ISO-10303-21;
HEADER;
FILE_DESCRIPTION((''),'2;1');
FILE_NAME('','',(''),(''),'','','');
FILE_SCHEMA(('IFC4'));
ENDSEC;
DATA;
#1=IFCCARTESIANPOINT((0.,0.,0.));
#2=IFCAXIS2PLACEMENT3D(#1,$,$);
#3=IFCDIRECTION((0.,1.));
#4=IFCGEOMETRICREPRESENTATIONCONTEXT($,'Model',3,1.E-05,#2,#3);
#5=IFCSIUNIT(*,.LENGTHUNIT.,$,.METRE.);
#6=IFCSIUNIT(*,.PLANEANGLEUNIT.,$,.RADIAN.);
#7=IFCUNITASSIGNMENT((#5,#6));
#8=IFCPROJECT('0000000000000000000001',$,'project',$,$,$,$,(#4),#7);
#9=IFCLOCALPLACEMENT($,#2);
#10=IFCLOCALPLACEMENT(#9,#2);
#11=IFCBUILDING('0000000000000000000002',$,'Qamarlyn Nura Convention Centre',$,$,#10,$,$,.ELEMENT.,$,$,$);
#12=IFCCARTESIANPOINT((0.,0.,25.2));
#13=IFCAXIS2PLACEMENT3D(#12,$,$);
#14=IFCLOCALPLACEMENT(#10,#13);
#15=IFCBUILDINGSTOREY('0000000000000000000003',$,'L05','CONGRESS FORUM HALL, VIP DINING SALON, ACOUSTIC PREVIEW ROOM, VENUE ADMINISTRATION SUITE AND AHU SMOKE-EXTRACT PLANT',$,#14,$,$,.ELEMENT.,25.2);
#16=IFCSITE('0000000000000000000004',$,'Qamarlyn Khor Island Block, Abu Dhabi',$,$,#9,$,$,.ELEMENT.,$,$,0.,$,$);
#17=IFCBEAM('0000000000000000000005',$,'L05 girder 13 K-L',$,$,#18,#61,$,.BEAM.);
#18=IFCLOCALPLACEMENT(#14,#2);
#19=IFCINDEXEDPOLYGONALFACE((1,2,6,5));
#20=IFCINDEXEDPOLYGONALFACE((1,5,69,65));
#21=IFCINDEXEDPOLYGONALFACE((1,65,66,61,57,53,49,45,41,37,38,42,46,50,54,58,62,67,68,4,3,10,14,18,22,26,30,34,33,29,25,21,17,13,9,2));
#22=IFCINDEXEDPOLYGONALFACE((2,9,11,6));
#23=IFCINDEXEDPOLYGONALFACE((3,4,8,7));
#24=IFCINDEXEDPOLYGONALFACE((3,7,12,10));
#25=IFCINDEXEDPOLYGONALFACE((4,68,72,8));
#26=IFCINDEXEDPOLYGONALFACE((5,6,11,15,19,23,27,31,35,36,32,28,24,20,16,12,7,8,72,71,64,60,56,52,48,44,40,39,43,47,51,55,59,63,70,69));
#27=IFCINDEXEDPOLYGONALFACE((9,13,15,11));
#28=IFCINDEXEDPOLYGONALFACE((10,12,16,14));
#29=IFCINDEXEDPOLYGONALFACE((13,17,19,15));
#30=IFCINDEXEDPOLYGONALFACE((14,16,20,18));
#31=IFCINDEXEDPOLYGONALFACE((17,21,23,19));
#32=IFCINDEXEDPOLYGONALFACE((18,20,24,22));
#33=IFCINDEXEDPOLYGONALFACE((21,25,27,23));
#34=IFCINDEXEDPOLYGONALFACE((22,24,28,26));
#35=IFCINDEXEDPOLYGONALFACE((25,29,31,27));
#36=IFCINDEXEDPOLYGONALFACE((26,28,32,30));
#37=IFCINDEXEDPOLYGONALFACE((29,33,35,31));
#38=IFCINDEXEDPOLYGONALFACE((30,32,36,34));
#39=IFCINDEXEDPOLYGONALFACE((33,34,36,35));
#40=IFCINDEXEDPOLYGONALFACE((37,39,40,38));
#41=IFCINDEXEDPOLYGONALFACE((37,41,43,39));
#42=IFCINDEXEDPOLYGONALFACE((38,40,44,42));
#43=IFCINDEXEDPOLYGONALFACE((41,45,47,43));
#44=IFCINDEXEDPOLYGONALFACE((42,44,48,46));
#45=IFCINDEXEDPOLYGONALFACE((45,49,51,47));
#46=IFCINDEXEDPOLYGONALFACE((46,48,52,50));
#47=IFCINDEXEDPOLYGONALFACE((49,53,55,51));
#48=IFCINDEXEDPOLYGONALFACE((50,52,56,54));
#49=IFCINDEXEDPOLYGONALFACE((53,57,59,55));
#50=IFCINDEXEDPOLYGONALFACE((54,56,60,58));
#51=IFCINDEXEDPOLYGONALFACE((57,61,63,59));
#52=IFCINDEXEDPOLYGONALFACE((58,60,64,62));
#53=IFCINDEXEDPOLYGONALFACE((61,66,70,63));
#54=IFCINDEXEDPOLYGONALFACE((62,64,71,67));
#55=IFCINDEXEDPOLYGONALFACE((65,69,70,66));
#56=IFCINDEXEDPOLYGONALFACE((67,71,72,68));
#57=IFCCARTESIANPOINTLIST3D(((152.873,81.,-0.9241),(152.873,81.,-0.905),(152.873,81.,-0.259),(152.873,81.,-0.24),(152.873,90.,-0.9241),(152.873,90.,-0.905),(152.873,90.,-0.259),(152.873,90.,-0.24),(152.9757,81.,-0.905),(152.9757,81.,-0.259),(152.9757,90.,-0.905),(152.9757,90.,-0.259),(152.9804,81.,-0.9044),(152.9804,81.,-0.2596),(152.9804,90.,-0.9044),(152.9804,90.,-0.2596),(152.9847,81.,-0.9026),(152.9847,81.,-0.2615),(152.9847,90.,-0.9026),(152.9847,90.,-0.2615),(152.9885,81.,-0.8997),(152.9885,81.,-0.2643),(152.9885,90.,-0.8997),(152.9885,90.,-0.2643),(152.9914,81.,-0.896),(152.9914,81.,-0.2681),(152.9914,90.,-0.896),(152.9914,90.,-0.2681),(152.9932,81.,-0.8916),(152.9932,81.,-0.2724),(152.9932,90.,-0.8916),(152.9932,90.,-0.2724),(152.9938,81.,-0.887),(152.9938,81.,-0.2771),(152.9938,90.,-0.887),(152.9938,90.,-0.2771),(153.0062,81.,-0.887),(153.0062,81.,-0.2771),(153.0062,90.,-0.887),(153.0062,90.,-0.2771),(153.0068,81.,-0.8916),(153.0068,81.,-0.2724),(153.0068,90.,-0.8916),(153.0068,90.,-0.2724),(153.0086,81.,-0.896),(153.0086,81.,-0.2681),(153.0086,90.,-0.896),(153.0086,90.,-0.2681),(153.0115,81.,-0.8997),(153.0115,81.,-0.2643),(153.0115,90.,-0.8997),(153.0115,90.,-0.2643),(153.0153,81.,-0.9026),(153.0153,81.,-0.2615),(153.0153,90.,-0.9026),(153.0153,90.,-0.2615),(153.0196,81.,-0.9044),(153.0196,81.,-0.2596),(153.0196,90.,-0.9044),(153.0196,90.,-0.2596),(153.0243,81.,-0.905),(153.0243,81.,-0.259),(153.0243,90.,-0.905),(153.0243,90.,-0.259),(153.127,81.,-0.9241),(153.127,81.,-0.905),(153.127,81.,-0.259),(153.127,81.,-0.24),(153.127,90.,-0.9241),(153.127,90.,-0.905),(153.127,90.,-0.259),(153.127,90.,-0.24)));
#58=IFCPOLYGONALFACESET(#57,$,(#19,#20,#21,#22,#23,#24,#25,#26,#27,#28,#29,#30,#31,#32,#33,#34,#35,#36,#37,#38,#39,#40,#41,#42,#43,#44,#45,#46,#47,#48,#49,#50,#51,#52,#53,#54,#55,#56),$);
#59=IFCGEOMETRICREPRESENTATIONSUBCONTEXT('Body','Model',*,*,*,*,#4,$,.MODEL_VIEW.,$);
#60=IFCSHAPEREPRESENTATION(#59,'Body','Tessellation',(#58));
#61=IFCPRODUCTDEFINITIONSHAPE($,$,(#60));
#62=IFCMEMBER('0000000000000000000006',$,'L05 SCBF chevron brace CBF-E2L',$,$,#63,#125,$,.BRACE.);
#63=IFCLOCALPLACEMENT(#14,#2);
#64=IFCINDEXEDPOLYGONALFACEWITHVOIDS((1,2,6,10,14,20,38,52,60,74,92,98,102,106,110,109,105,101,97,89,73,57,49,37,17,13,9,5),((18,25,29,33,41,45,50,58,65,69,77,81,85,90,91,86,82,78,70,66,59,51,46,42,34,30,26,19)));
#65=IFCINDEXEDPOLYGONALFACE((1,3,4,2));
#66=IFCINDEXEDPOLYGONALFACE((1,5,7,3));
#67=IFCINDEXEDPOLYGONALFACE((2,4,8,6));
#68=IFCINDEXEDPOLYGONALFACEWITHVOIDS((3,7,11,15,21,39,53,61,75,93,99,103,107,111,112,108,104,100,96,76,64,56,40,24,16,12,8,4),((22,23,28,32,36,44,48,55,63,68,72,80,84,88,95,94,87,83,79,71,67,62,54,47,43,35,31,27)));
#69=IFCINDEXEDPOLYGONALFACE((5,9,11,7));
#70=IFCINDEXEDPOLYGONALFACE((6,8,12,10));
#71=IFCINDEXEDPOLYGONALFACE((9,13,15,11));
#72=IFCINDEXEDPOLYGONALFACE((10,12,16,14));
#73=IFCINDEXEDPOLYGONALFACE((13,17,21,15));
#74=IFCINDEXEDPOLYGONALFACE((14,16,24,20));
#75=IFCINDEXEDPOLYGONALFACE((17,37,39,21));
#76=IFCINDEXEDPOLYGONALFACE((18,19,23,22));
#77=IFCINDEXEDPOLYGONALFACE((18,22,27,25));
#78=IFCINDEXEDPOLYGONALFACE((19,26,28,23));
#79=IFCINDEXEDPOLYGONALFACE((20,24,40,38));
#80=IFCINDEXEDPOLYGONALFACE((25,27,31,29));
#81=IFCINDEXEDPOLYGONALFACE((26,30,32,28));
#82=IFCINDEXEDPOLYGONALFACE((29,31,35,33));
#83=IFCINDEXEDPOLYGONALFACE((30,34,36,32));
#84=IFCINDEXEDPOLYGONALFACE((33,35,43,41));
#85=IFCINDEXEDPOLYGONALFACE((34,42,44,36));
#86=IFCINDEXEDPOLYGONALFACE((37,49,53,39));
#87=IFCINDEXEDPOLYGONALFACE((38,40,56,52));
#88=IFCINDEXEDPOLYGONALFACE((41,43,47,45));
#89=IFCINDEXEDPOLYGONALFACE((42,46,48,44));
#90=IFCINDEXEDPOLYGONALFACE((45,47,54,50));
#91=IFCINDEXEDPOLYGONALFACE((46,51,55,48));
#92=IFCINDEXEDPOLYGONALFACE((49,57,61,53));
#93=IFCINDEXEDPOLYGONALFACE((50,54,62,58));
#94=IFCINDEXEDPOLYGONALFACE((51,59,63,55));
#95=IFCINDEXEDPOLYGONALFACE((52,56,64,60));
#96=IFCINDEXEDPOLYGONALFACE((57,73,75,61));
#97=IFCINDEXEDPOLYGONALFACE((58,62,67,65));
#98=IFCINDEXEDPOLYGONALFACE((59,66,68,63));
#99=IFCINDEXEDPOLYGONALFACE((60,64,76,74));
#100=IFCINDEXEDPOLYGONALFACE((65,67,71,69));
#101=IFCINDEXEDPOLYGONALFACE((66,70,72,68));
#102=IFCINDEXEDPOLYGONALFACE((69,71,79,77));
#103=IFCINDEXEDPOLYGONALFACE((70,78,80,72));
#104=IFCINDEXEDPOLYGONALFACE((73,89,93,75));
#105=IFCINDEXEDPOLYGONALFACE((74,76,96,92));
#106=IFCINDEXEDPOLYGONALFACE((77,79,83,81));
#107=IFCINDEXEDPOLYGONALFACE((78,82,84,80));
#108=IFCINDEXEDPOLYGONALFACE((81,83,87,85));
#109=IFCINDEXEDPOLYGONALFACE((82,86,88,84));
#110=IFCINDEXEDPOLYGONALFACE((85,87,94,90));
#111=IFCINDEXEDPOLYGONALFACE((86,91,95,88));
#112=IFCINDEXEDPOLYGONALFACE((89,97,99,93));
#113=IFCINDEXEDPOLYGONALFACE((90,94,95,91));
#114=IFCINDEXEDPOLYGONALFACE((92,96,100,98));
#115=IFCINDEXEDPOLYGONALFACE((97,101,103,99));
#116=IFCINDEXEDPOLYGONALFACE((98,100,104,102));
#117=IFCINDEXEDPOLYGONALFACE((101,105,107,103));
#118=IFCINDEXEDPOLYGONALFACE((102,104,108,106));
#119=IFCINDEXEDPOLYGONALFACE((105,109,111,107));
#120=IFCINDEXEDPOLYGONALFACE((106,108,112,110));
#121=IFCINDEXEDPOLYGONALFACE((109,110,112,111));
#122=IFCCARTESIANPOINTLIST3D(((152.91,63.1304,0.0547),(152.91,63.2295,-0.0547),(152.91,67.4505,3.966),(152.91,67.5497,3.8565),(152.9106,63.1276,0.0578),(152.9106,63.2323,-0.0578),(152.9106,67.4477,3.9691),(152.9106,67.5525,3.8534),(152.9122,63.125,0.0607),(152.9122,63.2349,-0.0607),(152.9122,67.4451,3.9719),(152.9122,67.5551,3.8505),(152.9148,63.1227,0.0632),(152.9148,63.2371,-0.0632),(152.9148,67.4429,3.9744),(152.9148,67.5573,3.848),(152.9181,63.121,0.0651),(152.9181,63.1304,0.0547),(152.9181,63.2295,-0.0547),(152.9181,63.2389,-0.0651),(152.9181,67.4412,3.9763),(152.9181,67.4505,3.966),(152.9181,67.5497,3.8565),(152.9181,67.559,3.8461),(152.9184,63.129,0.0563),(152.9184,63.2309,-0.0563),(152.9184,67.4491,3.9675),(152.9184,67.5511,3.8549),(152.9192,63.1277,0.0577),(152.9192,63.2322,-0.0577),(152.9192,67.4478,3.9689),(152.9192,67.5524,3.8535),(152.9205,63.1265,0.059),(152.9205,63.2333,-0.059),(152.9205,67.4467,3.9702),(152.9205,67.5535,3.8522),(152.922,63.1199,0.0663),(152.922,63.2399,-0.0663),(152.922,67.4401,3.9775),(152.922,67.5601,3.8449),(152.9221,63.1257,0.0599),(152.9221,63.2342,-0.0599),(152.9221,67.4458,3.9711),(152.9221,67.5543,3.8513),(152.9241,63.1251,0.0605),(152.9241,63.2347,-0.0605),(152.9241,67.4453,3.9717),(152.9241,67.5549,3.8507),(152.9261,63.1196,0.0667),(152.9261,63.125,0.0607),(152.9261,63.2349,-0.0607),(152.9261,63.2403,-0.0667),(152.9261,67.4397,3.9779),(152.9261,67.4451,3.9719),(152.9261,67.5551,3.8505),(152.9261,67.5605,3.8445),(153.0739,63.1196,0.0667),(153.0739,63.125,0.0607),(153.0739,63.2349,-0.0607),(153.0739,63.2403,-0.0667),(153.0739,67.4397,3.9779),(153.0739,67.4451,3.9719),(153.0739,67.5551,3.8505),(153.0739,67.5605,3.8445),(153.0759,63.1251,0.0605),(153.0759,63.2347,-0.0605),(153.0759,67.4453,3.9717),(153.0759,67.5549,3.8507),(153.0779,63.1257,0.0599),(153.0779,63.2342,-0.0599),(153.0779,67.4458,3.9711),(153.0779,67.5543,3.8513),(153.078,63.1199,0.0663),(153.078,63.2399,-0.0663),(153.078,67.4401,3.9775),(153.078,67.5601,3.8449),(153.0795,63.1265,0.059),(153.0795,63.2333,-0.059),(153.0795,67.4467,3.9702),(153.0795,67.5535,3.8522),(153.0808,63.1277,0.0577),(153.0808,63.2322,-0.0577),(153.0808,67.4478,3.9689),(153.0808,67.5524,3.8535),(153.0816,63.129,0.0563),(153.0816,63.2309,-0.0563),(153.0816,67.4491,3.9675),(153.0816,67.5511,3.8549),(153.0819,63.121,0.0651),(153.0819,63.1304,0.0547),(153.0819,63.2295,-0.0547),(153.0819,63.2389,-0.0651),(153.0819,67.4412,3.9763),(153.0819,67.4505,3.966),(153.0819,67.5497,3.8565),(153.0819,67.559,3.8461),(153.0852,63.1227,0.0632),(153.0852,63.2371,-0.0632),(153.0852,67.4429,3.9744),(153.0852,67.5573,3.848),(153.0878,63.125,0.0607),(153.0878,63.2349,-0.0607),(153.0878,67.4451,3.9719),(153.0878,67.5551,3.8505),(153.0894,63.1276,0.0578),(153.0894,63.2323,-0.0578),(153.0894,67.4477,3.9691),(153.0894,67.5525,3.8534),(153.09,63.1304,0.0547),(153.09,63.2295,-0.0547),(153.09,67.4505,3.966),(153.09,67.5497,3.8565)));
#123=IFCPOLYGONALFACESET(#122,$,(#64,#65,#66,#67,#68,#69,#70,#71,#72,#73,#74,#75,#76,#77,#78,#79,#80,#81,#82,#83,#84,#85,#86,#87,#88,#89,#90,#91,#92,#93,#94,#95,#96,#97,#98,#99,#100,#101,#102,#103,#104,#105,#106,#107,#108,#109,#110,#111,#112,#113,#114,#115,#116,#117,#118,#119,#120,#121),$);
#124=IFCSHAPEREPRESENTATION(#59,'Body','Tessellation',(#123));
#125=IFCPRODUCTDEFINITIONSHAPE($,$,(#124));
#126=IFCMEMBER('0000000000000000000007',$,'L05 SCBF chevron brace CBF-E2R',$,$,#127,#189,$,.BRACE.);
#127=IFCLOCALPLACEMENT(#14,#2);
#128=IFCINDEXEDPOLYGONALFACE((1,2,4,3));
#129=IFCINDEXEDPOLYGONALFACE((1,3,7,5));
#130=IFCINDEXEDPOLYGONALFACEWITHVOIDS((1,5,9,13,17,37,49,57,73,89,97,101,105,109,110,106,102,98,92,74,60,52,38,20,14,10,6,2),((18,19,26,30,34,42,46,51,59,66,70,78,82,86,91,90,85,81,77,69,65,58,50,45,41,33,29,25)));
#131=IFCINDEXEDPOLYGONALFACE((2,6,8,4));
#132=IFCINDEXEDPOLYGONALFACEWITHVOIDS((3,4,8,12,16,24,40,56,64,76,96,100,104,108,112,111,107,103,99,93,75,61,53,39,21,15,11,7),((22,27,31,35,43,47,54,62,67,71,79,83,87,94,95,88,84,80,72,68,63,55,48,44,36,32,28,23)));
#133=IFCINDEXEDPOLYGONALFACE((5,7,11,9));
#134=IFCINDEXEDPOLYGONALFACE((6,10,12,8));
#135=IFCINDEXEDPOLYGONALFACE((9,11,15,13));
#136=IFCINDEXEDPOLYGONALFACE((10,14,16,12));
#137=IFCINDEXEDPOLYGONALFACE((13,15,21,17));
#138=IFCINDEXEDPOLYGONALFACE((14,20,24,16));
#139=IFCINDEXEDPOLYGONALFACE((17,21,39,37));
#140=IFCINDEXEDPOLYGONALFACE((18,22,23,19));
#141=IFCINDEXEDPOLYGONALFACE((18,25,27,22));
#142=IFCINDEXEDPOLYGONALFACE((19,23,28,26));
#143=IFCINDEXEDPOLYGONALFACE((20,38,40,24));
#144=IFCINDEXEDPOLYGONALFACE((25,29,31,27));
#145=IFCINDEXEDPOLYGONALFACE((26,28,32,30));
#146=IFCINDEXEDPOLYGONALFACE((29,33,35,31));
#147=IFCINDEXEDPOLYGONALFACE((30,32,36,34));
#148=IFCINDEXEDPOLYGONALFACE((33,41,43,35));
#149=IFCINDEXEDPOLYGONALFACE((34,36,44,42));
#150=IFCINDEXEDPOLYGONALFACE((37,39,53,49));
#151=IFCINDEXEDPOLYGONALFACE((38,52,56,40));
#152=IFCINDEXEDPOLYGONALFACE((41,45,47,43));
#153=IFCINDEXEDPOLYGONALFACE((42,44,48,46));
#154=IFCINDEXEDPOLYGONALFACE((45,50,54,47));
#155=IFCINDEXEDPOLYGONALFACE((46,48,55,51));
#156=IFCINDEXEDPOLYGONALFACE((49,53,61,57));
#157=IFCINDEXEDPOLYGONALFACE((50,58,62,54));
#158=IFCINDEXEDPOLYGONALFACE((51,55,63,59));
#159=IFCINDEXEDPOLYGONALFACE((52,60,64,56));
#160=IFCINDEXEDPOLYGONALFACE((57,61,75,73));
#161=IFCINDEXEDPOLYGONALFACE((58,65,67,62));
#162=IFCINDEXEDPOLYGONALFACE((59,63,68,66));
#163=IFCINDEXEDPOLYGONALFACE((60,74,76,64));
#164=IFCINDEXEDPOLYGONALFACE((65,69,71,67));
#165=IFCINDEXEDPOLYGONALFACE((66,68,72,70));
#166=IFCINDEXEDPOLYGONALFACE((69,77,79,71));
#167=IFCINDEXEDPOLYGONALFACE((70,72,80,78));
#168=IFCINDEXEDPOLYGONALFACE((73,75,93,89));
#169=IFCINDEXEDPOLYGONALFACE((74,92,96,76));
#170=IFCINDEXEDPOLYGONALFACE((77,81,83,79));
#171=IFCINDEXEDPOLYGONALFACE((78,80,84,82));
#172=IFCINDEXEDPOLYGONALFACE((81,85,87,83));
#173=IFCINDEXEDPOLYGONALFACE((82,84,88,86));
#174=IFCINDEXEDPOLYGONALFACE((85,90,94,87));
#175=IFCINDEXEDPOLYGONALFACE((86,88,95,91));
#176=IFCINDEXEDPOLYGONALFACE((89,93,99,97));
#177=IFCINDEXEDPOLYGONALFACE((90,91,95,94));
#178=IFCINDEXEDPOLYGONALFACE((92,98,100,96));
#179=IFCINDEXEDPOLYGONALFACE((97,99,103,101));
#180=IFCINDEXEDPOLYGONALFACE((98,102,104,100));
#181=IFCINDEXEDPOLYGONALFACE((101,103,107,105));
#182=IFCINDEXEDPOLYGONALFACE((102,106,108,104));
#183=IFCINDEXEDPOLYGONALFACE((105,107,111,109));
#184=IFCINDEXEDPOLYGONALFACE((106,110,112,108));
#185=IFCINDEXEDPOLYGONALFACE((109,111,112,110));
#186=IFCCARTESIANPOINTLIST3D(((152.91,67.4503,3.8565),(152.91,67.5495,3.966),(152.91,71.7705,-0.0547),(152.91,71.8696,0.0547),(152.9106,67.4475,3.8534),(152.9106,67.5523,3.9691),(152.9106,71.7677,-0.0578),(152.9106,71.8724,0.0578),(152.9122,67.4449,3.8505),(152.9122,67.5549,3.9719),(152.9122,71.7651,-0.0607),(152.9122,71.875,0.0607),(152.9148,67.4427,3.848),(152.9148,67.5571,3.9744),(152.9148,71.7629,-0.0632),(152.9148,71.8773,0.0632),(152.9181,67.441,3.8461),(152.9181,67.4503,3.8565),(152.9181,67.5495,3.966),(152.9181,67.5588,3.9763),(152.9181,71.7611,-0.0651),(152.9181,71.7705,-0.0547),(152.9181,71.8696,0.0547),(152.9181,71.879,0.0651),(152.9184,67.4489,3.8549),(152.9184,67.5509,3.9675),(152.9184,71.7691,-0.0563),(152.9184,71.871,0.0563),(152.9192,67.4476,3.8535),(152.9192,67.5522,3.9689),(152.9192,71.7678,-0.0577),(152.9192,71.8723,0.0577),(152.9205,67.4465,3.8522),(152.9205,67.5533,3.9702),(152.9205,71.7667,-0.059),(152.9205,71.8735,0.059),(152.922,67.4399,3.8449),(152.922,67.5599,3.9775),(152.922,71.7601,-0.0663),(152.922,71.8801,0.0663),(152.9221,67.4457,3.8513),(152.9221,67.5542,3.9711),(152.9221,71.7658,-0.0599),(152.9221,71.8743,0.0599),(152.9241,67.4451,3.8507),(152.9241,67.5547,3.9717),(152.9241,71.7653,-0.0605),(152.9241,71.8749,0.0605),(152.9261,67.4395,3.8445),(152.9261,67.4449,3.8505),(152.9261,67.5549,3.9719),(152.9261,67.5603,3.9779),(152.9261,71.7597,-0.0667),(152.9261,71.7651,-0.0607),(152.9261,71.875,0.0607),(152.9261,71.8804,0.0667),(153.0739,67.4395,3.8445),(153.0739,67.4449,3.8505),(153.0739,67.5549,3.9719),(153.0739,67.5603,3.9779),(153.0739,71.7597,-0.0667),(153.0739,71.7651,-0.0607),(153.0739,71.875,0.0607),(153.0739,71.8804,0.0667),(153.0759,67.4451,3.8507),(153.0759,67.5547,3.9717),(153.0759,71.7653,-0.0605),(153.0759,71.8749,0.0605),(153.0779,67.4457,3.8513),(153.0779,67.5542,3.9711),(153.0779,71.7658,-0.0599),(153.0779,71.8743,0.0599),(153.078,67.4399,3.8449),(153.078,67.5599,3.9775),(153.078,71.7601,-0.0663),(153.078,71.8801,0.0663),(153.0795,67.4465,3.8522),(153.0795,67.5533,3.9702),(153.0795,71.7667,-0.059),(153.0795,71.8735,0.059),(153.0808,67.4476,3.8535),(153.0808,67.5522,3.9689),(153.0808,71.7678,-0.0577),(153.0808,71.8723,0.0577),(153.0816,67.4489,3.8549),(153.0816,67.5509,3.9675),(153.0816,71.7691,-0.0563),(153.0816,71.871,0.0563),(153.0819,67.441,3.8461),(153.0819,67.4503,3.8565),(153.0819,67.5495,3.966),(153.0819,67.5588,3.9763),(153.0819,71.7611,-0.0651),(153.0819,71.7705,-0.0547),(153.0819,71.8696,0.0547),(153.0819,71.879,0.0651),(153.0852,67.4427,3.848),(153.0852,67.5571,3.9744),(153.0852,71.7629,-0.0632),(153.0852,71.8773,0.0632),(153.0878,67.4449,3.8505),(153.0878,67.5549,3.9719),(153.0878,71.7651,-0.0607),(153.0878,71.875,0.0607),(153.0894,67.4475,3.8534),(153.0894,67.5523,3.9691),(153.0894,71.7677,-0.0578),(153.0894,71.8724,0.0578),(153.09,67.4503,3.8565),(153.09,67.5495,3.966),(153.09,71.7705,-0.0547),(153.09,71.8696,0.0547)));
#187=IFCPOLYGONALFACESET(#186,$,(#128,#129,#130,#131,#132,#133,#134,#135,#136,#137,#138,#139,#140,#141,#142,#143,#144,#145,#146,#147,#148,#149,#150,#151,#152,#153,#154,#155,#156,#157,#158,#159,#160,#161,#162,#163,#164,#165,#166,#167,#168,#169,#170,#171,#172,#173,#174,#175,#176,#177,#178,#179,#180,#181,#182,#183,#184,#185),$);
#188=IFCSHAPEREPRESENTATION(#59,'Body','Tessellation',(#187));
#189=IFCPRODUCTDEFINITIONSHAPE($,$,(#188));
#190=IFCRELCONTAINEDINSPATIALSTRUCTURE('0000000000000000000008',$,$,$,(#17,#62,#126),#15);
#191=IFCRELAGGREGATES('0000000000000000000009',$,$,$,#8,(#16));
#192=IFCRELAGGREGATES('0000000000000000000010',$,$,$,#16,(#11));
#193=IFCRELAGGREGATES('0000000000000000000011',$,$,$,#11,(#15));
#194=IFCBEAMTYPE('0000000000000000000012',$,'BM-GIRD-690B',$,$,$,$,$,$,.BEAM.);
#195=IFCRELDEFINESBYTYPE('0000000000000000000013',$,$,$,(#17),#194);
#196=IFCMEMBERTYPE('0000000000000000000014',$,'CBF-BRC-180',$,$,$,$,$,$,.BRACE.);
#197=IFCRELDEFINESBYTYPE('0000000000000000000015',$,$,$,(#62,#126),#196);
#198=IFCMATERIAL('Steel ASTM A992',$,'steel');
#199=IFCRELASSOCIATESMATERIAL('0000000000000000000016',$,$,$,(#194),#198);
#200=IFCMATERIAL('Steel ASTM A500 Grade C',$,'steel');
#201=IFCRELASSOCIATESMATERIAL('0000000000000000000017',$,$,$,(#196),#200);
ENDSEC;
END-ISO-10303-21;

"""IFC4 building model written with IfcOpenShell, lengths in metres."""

from ifc_helpers import new_model, si_unit, direction, frame, origin, origin_2d, place, context, subcontext, project, spatial, hollow_rectangle, i_section, extrude, material, material_profile, profile_set, type_object, element, save


model = new_model("IFC4")

# Units and contexts
model_context = context("Model", 3, precision=1e-05, world=origin(), true_north=direction((0.0, 1.0)))
body_context = subcontext(model_context, "Body", "Model", "MODEL_VIEW")
ifc_project = project(units=[si_unit("LENGTHUNIT", "METRE"), si_unit("PLANEANGLEUNIT", "RADIAN")], contexts=[model_context])

# Site, building, storey
site_placement = place(None, origin())
site = spatial("IfcSite", under=ifc_project, at=site_placement, Name="Qamarlyn Khor Island Block, Abu Dhabi", CompositionType="ELEMENT", RefElevation=0.0)
building_placement = place(site_placement, origin())
building = spatial("IfcBuilding", under=site, at=building_placement, Name="Qamarlyn Nura Convention Centre", CompositionType="ELEMENT")
storey_placement = place(building_placement, frame((0.0, 0.0, 25.2)))
storey = spatial("IfcBuildingStorey", under=building, at=storey_placement, Name="L05", Description="CONGRESS FORUM HALL, VIP DINING SALON, ACOUSTIC PREVIEW ROOM, VENUE ADMINISTRATION SUITE AND AHU SMOKE-EXTRACT PLANT", CompositionType="ELEMENT", Elevation=25.2)

# Beam
ifc_material_1 = material(Name="Steel ASTM A992", Category="steel")
ifc_material_profile_1 = material_profile(ifc_material_1, i_section(OverallWidth=0.2539, OverallDepth=0.6841, WebThickness=0.0125, FlangeThickness=0.019, FilletRadius=0.0181, at=origin_2d()), Name="W690X140")
ifc_profile_set_1 = profile_set([ifc_material_profile_1], Name="Steel ASTM A992")
beam_type = type_object("IfcBeamType", Name="BM-GIRD-690B", PredefinedType="BEAM", material=ifc_profile_set_1)
beam_placement = place(storey_placement, frame((153.0, 81.0, -0.582), z_axis=(0.0, 1.0, 0.0), x_axis=(-1.0, 0.0, 0.0)))
element("IfcBeam", 1, at=beam_placement, inside=storey, type_object=beam_type, Name="L05 girder 13 K-L", PredefinedType="BEAM", context=body_context, shape_type="SweptSolid", body=[
    extrude(i_section(OverallWidth=0.2539, OverallDepth=0.6841, WebThickness=0.0125, FlangeThickness=0.019, FilletRadius=0.0181, at=origin_2d()), origin(), (0.0, 0.0, 1.0), 9.0),
])

# Members
ifc_material_2 = material(Name="Steel ASTM A500 Grade C", Category="steel")
ifc_material_profile_2 = material_profile(ifc_material_2, hollow_rectangle(XDim=0.1799, YDim=0.1799, WallThickness=0.0081, InnerFilletRadius=0.0081, OuterFilletRadius=0.0161, at=origin_2d()), Name="HSS180X180X8")
ifc_profile_set_2 = profile_set([ifc_material_profile_2], Name="Steel ASTM A500 Grade C")
member_type_1 = type_object("IfcMemberType", Name="CBF-BRC-180", PredefinedType="BRACE", material=ifc_profile_set_2)
for number, where, z_axis, x_axis, name in (
    (2, (153.0, 63.1799, 0.0), (0.0, 0.741322, 0.671149), (-1.0, 0.0, 0.0), "L05 SCBF chevron brace CBF-E2L"),
    (3, (153.0, 71.8201, 0.0), (0.0, -0.741322, 0.671149), (1.0, 0.0, 0.0), "L05 SCBF chevron brace CBF-E2R"),
):
    element("IfcMember", number, at=place(storey_placement, frame(where, z_axis=z_axis, x_axis=x_axis)), inside=storey, type_object=member_type_1, Name=name, PredefinedType="BRACE", context=body_context, shape_type="SweptSolid", body=[
        extrude(hollow_rectangle(XDim=0.1799, YDim=0.1799, WallThickness=0.0081, InnerFilletRadius=0.0081, OuterFilletRadius=0.0161, at=origin_2d()), origin(), (0.0, 0.0, 1.0), 5.8276),
    ])

save(model, "model.ifc")
